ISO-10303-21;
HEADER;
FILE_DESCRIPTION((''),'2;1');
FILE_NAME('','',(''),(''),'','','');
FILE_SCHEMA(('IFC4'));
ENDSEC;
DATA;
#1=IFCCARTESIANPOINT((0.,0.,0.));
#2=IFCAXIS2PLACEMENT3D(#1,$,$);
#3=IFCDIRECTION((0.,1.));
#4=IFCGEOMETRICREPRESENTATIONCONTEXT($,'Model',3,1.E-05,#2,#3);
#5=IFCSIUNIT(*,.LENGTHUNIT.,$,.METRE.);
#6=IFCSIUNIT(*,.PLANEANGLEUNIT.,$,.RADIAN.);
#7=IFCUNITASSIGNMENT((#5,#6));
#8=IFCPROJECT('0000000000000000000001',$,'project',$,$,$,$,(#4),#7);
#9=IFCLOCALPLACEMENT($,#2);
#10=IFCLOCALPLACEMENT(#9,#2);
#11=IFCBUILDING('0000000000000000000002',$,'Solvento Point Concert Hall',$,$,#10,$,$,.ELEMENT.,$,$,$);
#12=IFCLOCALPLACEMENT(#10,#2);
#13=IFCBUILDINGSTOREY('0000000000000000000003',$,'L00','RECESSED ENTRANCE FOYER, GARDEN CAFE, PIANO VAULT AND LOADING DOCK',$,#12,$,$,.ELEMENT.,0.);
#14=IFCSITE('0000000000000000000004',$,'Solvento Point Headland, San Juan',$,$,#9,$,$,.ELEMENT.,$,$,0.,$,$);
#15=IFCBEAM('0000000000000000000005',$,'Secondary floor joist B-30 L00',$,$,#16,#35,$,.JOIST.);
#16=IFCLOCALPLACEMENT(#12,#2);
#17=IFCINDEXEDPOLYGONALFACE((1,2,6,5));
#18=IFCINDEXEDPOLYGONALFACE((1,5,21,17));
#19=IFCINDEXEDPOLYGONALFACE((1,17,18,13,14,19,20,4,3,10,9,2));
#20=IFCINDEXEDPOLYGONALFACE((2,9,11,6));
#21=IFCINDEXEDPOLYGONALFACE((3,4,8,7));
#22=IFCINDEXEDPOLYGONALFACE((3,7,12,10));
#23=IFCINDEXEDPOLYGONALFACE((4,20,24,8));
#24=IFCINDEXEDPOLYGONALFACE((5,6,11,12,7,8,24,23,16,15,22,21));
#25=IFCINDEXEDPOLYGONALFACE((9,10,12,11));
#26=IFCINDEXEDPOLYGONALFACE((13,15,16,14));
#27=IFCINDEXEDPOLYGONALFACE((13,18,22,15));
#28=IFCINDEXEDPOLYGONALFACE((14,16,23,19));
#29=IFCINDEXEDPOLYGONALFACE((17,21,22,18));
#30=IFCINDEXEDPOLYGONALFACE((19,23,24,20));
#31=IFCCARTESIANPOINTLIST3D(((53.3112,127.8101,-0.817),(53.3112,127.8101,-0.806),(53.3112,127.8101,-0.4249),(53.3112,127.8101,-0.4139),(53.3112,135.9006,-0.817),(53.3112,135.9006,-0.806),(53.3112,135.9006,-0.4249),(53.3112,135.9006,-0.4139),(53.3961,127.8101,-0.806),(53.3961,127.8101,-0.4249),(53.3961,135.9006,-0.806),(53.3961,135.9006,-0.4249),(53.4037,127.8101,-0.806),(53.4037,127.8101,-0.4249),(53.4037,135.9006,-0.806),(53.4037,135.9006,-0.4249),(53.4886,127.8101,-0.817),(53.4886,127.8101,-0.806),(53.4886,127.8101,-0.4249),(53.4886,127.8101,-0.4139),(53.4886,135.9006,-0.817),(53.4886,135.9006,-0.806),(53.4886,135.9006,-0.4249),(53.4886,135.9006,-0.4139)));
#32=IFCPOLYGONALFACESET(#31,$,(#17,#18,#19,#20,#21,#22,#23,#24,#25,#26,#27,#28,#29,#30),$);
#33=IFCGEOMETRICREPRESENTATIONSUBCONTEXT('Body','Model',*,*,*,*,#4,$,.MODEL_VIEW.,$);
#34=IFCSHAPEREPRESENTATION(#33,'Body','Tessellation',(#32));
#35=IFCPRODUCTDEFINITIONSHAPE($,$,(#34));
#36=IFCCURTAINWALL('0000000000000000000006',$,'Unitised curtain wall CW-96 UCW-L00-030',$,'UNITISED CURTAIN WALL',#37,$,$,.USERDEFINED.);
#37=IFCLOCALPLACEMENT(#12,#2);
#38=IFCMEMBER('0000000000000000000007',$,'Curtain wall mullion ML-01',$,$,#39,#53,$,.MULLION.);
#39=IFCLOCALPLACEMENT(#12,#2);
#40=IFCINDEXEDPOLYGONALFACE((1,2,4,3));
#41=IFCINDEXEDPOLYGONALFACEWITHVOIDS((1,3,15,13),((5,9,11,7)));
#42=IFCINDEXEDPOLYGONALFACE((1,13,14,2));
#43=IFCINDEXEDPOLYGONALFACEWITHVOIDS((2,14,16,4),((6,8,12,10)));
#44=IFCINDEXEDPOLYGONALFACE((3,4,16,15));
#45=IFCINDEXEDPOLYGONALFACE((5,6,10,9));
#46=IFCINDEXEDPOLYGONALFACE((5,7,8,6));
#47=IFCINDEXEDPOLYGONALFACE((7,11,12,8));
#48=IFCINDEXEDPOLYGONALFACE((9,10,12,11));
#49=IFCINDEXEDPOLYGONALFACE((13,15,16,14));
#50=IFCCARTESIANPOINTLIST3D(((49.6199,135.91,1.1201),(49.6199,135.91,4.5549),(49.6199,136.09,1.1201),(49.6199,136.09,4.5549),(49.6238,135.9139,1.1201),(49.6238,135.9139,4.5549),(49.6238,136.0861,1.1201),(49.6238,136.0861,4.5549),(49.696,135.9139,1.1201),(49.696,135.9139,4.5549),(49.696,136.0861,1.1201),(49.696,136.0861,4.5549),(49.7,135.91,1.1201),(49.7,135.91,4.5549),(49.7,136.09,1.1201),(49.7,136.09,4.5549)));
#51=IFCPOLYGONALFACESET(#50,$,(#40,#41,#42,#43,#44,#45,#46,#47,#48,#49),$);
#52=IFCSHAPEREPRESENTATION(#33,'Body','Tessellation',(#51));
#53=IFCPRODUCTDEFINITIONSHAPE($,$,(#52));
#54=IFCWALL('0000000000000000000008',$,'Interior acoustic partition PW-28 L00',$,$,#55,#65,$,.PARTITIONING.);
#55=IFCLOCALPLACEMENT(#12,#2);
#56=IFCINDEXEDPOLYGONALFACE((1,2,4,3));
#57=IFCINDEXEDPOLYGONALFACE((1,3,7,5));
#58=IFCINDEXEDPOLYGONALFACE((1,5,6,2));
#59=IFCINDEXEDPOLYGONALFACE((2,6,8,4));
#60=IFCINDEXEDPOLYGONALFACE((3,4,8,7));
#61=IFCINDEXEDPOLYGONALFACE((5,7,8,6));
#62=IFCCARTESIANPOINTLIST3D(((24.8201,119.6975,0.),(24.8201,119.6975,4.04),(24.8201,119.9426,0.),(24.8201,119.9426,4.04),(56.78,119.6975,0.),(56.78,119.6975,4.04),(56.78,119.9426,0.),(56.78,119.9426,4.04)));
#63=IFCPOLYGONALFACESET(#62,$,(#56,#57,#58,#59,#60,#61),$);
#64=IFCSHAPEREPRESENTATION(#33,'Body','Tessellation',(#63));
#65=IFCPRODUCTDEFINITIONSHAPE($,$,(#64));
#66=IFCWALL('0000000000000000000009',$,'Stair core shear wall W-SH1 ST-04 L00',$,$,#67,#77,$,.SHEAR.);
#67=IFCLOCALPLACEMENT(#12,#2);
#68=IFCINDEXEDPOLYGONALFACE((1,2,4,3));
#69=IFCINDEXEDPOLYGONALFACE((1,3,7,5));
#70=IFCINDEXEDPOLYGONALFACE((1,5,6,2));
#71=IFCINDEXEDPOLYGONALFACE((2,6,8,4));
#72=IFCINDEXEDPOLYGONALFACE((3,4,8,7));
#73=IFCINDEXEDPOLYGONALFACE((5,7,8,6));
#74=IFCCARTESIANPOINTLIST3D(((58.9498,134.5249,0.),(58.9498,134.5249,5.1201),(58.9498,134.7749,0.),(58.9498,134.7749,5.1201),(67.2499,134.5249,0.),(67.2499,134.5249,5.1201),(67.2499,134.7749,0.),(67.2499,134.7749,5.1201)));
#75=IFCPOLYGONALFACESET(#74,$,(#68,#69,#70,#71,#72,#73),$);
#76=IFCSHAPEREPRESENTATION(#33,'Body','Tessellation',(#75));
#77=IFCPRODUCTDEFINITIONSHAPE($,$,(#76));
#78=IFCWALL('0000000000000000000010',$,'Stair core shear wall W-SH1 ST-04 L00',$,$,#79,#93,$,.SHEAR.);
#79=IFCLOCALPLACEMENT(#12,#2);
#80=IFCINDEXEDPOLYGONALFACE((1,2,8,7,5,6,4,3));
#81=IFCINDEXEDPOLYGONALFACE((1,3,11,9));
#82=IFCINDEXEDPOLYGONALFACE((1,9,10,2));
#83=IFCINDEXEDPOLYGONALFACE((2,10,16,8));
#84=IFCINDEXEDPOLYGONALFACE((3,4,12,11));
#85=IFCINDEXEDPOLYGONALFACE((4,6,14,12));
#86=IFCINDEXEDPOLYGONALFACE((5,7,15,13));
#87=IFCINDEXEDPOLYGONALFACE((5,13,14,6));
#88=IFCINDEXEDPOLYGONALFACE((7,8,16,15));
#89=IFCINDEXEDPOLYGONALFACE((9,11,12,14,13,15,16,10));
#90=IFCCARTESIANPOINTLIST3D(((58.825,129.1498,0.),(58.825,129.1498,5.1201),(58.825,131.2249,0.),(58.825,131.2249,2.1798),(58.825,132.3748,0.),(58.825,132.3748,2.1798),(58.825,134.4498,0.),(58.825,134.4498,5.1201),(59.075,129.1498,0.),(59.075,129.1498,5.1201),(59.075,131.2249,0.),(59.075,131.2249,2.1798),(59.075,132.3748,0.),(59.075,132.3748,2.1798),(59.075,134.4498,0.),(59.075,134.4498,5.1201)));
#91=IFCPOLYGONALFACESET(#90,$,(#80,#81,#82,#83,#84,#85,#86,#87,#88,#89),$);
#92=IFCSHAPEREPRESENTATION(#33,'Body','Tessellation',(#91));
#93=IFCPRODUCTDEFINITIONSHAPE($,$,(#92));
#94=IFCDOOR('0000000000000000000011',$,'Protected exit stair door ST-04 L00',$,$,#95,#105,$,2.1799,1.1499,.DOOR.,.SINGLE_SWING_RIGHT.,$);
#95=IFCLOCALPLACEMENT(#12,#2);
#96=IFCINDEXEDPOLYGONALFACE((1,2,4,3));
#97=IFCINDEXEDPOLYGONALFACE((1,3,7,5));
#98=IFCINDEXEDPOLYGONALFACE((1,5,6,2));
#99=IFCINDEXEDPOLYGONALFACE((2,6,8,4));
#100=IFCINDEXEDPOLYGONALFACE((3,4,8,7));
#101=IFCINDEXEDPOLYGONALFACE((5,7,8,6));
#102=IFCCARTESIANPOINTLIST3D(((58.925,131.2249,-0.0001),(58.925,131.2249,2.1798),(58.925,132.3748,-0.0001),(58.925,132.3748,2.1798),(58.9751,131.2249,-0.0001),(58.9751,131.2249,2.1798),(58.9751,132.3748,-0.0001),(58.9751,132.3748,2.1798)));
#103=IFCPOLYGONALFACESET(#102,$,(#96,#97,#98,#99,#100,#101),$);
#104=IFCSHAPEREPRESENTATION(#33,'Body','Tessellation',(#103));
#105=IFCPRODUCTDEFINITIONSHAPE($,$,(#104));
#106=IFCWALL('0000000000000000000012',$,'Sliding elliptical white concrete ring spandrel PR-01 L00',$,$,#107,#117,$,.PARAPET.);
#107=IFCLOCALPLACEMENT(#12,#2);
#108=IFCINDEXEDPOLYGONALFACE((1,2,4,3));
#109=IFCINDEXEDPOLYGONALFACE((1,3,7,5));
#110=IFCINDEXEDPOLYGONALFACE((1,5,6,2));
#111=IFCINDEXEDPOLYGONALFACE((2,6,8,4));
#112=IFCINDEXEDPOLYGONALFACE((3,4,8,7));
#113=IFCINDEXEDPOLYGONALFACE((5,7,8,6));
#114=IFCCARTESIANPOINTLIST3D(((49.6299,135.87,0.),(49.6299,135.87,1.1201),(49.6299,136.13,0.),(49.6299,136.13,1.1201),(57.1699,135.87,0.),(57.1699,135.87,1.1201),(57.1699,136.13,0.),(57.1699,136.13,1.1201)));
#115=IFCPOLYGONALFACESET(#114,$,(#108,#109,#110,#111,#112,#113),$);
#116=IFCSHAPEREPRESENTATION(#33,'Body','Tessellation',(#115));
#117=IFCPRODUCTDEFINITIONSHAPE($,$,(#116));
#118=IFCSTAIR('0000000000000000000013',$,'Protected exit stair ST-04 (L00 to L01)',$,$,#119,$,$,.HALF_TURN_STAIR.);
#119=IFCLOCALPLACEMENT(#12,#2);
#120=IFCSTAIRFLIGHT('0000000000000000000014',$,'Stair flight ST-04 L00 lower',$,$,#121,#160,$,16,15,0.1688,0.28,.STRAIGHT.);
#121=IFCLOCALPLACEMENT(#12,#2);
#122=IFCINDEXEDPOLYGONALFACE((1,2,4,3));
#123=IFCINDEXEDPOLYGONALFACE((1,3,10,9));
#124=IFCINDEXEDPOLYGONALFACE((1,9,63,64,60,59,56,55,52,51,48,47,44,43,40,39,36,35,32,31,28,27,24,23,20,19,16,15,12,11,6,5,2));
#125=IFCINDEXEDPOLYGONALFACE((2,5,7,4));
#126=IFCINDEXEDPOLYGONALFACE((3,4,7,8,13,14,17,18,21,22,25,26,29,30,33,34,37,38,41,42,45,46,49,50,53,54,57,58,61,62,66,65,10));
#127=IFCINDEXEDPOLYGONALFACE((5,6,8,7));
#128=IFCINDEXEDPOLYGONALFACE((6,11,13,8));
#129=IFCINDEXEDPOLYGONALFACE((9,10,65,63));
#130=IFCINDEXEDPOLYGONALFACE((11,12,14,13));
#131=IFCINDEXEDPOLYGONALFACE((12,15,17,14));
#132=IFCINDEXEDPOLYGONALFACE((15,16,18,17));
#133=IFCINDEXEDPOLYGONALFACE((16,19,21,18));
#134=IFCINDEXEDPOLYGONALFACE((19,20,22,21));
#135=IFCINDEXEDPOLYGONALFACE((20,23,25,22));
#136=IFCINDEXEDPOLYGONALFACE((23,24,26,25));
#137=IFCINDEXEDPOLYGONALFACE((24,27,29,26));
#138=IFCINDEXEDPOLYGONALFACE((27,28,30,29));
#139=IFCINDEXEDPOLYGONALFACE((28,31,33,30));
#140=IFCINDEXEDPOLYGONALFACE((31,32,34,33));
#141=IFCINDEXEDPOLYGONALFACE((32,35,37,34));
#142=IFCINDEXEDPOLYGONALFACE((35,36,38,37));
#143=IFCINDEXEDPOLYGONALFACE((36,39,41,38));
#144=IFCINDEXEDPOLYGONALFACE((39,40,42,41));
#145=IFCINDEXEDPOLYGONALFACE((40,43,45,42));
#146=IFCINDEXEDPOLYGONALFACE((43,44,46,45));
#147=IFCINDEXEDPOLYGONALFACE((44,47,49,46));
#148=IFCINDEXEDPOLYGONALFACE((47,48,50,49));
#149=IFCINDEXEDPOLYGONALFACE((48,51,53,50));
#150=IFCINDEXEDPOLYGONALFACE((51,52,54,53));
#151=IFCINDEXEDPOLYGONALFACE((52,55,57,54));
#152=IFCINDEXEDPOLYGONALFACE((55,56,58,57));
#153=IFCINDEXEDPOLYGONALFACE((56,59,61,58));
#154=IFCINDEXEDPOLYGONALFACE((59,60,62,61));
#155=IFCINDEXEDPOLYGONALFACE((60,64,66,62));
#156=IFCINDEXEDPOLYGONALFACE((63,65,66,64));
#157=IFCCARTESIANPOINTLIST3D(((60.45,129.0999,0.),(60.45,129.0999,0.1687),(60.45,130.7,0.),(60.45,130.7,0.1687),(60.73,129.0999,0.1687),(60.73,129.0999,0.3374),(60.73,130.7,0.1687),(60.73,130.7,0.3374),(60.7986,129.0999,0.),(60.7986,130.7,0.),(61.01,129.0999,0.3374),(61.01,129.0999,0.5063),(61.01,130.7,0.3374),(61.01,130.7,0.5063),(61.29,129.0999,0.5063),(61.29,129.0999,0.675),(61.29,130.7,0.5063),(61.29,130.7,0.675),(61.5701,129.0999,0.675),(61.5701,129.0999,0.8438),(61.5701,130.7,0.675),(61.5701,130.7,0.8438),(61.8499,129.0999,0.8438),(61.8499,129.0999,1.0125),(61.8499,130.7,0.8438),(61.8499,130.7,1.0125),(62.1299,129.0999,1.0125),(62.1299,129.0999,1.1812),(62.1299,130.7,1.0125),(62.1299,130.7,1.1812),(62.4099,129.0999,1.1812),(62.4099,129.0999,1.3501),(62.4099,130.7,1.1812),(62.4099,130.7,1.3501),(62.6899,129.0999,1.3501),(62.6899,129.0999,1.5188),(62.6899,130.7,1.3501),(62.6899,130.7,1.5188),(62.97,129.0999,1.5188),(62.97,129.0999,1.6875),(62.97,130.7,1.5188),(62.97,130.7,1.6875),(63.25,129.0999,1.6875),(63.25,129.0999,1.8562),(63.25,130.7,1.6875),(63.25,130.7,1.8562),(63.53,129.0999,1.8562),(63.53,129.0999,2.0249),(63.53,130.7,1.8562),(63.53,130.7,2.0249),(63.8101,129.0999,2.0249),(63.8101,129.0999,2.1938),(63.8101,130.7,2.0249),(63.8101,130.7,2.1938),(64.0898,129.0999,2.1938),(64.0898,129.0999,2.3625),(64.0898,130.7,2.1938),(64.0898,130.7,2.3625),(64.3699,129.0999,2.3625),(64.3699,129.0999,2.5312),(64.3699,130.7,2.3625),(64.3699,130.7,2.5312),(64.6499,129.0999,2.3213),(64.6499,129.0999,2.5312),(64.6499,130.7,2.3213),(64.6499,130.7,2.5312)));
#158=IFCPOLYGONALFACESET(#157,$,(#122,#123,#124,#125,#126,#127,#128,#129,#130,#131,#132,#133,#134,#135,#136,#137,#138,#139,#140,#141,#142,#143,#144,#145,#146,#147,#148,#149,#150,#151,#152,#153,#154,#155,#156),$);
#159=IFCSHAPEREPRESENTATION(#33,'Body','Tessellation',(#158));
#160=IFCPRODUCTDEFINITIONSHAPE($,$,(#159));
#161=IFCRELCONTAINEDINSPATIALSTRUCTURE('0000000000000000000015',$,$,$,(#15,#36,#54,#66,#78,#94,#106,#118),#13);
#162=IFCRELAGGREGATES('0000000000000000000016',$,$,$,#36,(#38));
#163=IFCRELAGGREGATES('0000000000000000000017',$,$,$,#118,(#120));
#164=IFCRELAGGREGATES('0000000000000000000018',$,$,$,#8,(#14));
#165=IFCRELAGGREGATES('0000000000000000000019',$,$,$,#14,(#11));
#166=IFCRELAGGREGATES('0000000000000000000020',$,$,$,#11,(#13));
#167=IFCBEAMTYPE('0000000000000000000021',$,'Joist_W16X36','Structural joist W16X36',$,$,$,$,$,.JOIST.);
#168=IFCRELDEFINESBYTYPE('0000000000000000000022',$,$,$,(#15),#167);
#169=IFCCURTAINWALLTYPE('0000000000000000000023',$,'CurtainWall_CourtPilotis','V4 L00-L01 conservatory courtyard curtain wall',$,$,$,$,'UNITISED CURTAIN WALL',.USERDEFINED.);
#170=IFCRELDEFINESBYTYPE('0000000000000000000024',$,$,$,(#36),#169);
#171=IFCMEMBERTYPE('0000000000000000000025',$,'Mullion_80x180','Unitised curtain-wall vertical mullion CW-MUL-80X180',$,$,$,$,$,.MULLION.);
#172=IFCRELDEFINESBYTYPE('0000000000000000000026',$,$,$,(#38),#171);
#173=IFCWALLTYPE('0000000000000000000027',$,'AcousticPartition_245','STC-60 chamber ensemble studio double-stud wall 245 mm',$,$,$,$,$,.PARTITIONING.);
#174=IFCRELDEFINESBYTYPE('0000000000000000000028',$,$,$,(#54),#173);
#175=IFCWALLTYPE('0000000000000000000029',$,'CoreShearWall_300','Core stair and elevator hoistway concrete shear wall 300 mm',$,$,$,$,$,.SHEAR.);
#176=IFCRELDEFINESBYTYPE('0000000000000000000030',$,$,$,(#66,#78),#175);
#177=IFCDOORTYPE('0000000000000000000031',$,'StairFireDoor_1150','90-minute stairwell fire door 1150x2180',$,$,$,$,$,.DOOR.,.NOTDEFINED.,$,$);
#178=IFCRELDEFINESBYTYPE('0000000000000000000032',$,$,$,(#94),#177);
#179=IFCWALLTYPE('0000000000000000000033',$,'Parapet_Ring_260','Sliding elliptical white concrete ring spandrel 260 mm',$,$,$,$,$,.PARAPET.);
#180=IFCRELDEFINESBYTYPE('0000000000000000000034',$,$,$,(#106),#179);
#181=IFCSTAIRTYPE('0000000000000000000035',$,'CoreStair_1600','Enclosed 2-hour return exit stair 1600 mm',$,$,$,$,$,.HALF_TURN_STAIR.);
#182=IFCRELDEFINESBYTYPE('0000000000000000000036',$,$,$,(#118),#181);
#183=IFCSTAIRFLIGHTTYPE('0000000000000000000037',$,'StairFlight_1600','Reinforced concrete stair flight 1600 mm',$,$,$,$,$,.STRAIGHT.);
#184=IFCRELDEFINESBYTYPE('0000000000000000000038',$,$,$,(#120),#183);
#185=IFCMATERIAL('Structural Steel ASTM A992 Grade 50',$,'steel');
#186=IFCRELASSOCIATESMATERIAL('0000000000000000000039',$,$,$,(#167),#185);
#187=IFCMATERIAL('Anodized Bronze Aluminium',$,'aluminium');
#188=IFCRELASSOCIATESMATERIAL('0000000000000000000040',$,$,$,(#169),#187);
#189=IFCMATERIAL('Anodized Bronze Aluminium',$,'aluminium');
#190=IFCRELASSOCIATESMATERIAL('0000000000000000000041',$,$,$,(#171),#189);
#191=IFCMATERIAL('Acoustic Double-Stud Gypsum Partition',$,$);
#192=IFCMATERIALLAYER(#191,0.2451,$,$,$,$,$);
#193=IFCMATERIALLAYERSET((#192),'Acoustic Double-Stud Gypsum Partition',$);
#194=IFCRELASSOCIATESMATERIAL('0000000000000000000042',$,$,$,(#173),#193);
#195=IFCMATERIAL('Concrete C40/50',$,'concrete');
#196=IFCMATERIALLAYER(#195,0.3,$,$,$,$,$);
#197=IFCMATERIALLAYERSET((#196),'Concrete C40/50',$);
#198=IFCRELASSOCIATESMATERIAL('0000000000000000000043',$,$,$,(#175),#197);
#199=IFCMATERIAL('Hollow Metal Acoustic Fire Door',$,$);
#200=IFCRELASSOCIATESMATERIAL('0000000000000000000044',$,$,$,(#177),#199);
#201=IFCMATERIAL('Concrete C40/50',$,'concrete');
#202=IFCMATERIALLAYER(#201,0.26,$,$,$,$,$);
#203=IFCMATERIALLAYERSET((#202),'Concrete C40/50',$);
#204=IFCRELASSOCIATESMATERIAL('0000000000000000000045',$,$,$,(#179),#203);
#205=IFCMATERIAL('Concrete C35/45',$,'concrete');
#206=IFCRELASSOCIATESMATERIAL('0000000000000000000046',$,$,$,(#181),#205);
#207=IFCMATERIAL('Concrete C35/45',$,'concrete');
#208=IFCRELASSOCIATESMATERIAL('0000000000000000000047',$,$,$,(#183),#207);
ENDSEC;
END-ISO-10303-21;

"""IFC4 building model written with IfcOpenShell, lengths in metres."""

from ifc_helpers import new_model, si_unit, direction, frame, frame_2d, origin, origin_2d, place, context, subcontext, project, spatial, polyline, rectangle, hollow_rectangle, i_section, outline, extrude, material, layer, layer_set, material_profile, profile_set, type_object, element, fill, aggregate, save


model = new_model("IFC4")

# Units and contexts
model_context = context("Model", 3, precision=1e-05, world=origin(), true_north=direction((0.0, 1.0)))
body_context = subcontext(model_context, "Body", "Model", "MODEL_VIEW")
ifc_project = project(units=[si_unit("LENGTHUNIT", "METRE"), si_unit("PLANEANGLEUNIT", "RADIAN")], contexts=[model_context])

# Site, building, storey
site_placement = place(None, origin())
site = spatial("IfcSite", under=ifc_project, at=site_placement, Name="Solvento Point Headland, San Juan", CompositionType="ELEMENT", RefElevation=0.0)
building_placement = place(site_placement, origin())
building = spatial("IfcBuilding", under=site, at=building_placement, Name="Solvento Point Concert Hall", CompositionType="ELEMENT")
storey_placement = place(building_placement, origin())
storey = spatial("IfcBuildingStorey", under=building, at=storey_placement, Name="L00", Description="RECESSED ENTRANCE FOYER, GARDEN CAFE, PIANO VAULT AND LOADING DOCK", CompositionType="ELEMENT", Elevation=0.0)

# Beam
ifc_material_1 = material(Name="Structural Steel ASTM A992 Grade 50", Category="steel")
ifc_material_profile_1 = material_profile(ifc_material_1, i_section(OverallWidth=0.1775, OverallDepth=0.4031, WebThickness=0.0076, FlangeThickness=0.011, at=origin_2d()), Name="W16X36")
ifc_profile_set_1 = profile_set([ifc_material_profile_1], Name="Structural Steel ASTM A992 Grade 50")
beam_type_1 = type_object("IfcBeamType", Name="Joist_W16X36", Description="Structural joist W16X36", PredefinedType="JOIST", material=ifc_profile_set_1)
beam_1_placement = place(storey_placement, frame((53.3999, 127.8101, -0.6155), z_axis=(0.0, 1.0, 0.0), x_axis=(-1.0, 0.0, 0.0)))
element("IfcBeam", 1, at=beam_1_placement, inside=storey, type_object=beam_type_1, Name="Secondary floor joist B-30 L00", PredefinedType="JOIST", context=body_context, shape_type="SweptSolid", body=[
    extrude(i_section(OverallWidth=0.1775, OverallDepth=0.4031, WebThickness=0.0076, FlangeThickness=0.011, at=origin_2d()), origin(), (0.0, 0.0, 1.0), 8.0906),
])

# Curtain wall, member
ifc_material_2 = material(Name="Anodized Bronze Aluminium", Category="aluminium")
curtain_wall_type = type_object("IfcCurtainWallType", Name="CurtainWall_CourtPilotis", Description="V4 L00-L01 conservatory courtyard curtain wall", ElementType="UNITISED CURTAIN WALL", PredefinedType="USERDEFINED", material=ifc_material_2)
curtain_wall_placement = place(storey_placement, origin())
curtain_wall = element("IfcCurtainWall", 2, at=curtain_wall_placement, inside=storey, type_object=curtain_wall_type, Name="Unitised curtain wall CW-96 UCW-L00-030", ObjectType="UNITISED CURTAIN WALL", PredefinedType="USERDEFINED")
ifc_material_3 = material(Name="Anodized Bronze Aluminium", Category="aluminium")
ifc_material_profile_2 = material_profile(ifc_material_3, hollow_rectangle(XDim=0.0801, YDim=0.1799, WallThickness=0.0039, at=origin_2d()), Name="CW-MUL-80X180")
ifc_profile_set_2 = profile_set([ifc_material_profile_2], Name="Anodized Bronze Aluminium")
member_type = type_object("IfcMemberType", Name="Mullion_80x180", Description="Unitised curtain-wall vertical mullion CW-MUL-80X180", PredefinedType="MULLION", material=ifc_profile_set_2)
member_placement = place(storey_placement, frame((49.6599, 136.0, 1.1201), z_axis=(0.0, 0.0, 1.0), x_axis=(1.0, 0.0, 0.0)))
member = element("IfcMember", 3, at=member_placement, type_object=member_type, Name="Curtain wall mullion ML-01", PredefinedType="MULLION", context=body_context, shape_type="SweptSolid", body=[
    extrude(hollow_rectangle(XDim=0.0801, YDim=0.1799, WallThickness=0.0039, at=origin_2d()), origin(), (0.0, 0.0, 1.0), 3.4348),
])
aggregate(curtain_wall, [member])

# Walls
ifc_material_4 = material(Name="Acoustic Double-Stud Gypsum Partition")
ifc_layer_1 = layer(ifc_material_4, 0.2451)
ifc_layer_set_1 = layer_set([ifc_layer_1], Name="Acoustic Double-Stud Gypsum Partition")
wall_type_1 = type_object("IfcWallType", Name="AcousticPartition_245", Description="STC-60 chamber ensemble studio double-stud wall 245 mm", PredefinedType="PARTITIONING", material=ifc_layer_set_1)
wall_1_placement = place(storey_placement, frame((56.78, 119.8201, 0.0), z_axis=(0.0, 0.0, 1.0), x_axis=(-1.0, 0.0, 0.0)))
element("IfcWall", 4, at=wall_1_placement, inside=storey, type_object=wall_type_1, Name="Interior acoustic partition PW-28 L00", PredefinedType="PARTITIONING", context=body_context, shape_type="SweptSolid", body=[
    extrude(rectangle(XDim=31.96, YDim=0.2451, at=frame_2d((15.98, 0.0))), origin(), (0.0, 0.0, 1.0), 4.04),
])
ifc_material_5 = material(Name="Concrete C40/50", Category="concrete")
ifc_layer_2 = layer(ifc_material_5, 0.3)
ifc_layer_set_2 = layer_set([ifc_layer_2], Name="Concrete C40/50")
wall_type_2 = type_object("IfcWallType", Name="CoreShearWall_300", Description="Core stair and elevator hoistway concrete shear wall 300 mm", PredefinedType="SHEAR", material=ifc_layer_set_2)
wall_2_placement = place(storey_placement, frame((58.95, 134.6499, 0.0), z_axis=(0.0, 0.0, 1.0), x_axis=(1.0, 0.0, 0.0)))
element("IfcWall", 5, at=wall_2_placement, inside=storey, type_object=wall_type_2, Name="Stair core shear wall W-SH1 ST-04 L00", PredefinedType="SHEAR", context=body_context, shape_type="SweptSolid", body=[
    extrude(rectangle(XDim=8.3, YDim=0.25, at=frame_2d((4.1499, 0.0))), origin(), (0.0, 0.0, 1.0), 5.1201),
])

# Wall, opening, door
wall_3_placement = place(storey_placement, frame((58.95, 129.1499, 0.0), z_axis=(0.0, 0.0, 1.0), x_axis=(0.0, 1.0, 0.0)))
wall_3 = element("IfcWall", 6, at=wall_3_placement, inside=storey, type_object=wall_type_2, Name="Stair core shear wall W-SH1 ST-04 L00", PredefinedType="SHEAR", context=body_context, shape_type="SweptSolid", body=[
    extrude(rectangle(XDim=5.3, YDim=0.25, at=frame_2d((2.6499, 0.0))), origin(), (0.0, 0.0, 1.0), 5.1201),
])
opening_placement = place(wall_3_placement, frame((2.075, 0.0, 0.0)))
opening = element("IfcOpeningElement", 7, at=opening_placement, cuts=wall_3, PredefinedType="OPENING", context=body_context, shape_type="SweptSolid", body=[
    extrude(rectangle(XDim=1.1499, YDim=2.1799, at=frame_2d((0.575, 1.0898))), frame((0.0, 0.135, 0.0), z_axis=(0.0, -1.0, 0.0), x_axis=(1.0, 0.0, 0.0)), (0.0, 0.0, 1.0), 0.27),
])
ifc_material_6 = material(Name="Hollow Metal Acoustic Fire Door")
door_type = type_object("IfcDoorType", Name="StairFireDoor_1150", Description="90-minute stairwell fire door 1150x2180", OperationType="NOTDEFINED", PredefinedType="DOOR", material=ifc_material_6)
door_placement = place(opening_placement, origin())
door = element("IfcDoor", 8, at=door_placement, inside=storey, type_object=door_type, Name="Protected exit stair door ST-04 L00", OperationType="SINGLE_SWING_RIGHT", OverallHeight=2.1799, OverallWidth=1.1499, PredefinedType="DOOR", context=body_context, shape_type="SweptSolid", body=[
    extrude(rectangle(XDim=1.1499, YDim=2.1799, at=frame_2d((0.575, 1.0898))), frame((0.0, 0.0249, 0.0), z_axis=(0.0, -1.0, 0.0), x_axis=(1.0, 0.0, 0.0)), (0.0, 0.0, 1.0), 0.05),
])
fill(opening, door)

# Wall
ifc_material_7 = material(Name="Concrete C40/50", Category="concrete")
ifc_layer_3 = layer(ifc_material_7, 0.26)
ifc_layer_set_3 = layer_set([ifc_layer_3], Name="Concrete C40/50")
wall_type_3 = type_object("IfcWallType", Name="Parapet_Ring_260", Description="Sliding elliptical white concrete ring spandrel 260 mm", PredefinedType="PARAPET", material=ifc_layer_set_3)
wall_4_placement = place(storey_placement, frame((49.6299, 136.0, 0.0), z_axis=(0.0, 0.0, 1.0), x_axis=(1.0, 0.0, 0.0)))
element("IfcWall", 9, at=wall_4_placement, inside=storey, type_object=wall_type_3, Name="Sliding elliptical white concrete ring spandrel PR-01 L00", PredefinedType="PARAPET", context=body_context, shape_type="SweptSolid", body=[
    extrude(rectangle(XDim=7.54, YDim=0.26, at=frame_2d((3.77, 0.0))), origin(), (0.0, 0.0, 1.0), 1.1201),
])

# Stair, stair flight
ifc_material_8 = material(Name="Concrete C35/45", Category="concrete")
stair_type = type_object("IfcStairType", Name="CoreStair_1600", Description="Enclosed 2-hour return exit stair 1600 mm", PredefinedType="HALF_TURN_STAIR", material=ifc_material_8)
stair_placement = place(storey_placement, origin())
stair = element("IfcStair", 10, at=stair_placement, inside=storey, type_object=stair_type, Name="Protected exit stair ST-04 (L00 to L01)", PredefinedType="HALF_TURN_STAIR")
ifc_material_9 = material(Name="Concrete C35/45", Category="concrete")
stair_flight_type = type_object("IfcStairFlightType", Name="StairFlight_1600", Description="Reinforced concrete stair flight 1600 mm", PredefinedType="STRAIGHT", material=ifc_material_9)
stair_flight_placement = place(storey_placement, frame((60.45, 129.8999, 0.0), z_axis=(0.0, 0.0, 1.0), x_axis=(1.0, 0.0, 0.0)))
stair_flight = element("IfcStairFlight", 11, at=stair_flight_placement, type_object=stair_flight_type, Name="Stair flight ST-04 L00 lower", NumberOfRisers=16, NumberOfTreads=15, PredefinedType="STRAIGHT", RiserHeight=0.1688, TreadLength=0.28, context=body_context, shape_type="SweptSolid", body=[
    extrude(outline(polyline([(0.0, 0.0), (0.0, 0.1687), (0.28, 0.1687), (0.28, 0.3374), (0.5601, 0.3374), (0.5601, 0.5063), (0.8401, 0.5063), (0.8401, 0.675), (1.1201, 0.675), (1.1201, 0.8438), (1.3999, 0.8438), (1.3999, 1.0125), (1.6799, 1.0125), (1.6799, 1.1812), (1.96, 1.1812), (1.96, 1.3501), (2.24, 1.3501), (2.24, 1.5188), (2.52, 1.5188), (2.52, 1.6875), (2.8, 1.6875), (2.8, 1.8562), (3.0801, 1.8562), (3.0801, 2.0249), (3.3601, 2.0249), (3.3601, 2.1938), (3.6399, 2.1938), (3.6399, 2.3625), (3.9199, 2.3625), (3.9199, 2.5312), (4.2, 2.5312), (4.2, 2.7), (4.2, 2.3213), (0.3486, 0.0), (0.0, 0.0)])), frame((0.0, 0.8, 0.0), z_axis=(0.0, -1.0, 0.0), x_axis=(1.0, 0.0, 0.0)), (0.0, 0.0, 1.0), 1.6001),
])
aggregate(stair, [stair_flight])

save(model, "model.ifc")
